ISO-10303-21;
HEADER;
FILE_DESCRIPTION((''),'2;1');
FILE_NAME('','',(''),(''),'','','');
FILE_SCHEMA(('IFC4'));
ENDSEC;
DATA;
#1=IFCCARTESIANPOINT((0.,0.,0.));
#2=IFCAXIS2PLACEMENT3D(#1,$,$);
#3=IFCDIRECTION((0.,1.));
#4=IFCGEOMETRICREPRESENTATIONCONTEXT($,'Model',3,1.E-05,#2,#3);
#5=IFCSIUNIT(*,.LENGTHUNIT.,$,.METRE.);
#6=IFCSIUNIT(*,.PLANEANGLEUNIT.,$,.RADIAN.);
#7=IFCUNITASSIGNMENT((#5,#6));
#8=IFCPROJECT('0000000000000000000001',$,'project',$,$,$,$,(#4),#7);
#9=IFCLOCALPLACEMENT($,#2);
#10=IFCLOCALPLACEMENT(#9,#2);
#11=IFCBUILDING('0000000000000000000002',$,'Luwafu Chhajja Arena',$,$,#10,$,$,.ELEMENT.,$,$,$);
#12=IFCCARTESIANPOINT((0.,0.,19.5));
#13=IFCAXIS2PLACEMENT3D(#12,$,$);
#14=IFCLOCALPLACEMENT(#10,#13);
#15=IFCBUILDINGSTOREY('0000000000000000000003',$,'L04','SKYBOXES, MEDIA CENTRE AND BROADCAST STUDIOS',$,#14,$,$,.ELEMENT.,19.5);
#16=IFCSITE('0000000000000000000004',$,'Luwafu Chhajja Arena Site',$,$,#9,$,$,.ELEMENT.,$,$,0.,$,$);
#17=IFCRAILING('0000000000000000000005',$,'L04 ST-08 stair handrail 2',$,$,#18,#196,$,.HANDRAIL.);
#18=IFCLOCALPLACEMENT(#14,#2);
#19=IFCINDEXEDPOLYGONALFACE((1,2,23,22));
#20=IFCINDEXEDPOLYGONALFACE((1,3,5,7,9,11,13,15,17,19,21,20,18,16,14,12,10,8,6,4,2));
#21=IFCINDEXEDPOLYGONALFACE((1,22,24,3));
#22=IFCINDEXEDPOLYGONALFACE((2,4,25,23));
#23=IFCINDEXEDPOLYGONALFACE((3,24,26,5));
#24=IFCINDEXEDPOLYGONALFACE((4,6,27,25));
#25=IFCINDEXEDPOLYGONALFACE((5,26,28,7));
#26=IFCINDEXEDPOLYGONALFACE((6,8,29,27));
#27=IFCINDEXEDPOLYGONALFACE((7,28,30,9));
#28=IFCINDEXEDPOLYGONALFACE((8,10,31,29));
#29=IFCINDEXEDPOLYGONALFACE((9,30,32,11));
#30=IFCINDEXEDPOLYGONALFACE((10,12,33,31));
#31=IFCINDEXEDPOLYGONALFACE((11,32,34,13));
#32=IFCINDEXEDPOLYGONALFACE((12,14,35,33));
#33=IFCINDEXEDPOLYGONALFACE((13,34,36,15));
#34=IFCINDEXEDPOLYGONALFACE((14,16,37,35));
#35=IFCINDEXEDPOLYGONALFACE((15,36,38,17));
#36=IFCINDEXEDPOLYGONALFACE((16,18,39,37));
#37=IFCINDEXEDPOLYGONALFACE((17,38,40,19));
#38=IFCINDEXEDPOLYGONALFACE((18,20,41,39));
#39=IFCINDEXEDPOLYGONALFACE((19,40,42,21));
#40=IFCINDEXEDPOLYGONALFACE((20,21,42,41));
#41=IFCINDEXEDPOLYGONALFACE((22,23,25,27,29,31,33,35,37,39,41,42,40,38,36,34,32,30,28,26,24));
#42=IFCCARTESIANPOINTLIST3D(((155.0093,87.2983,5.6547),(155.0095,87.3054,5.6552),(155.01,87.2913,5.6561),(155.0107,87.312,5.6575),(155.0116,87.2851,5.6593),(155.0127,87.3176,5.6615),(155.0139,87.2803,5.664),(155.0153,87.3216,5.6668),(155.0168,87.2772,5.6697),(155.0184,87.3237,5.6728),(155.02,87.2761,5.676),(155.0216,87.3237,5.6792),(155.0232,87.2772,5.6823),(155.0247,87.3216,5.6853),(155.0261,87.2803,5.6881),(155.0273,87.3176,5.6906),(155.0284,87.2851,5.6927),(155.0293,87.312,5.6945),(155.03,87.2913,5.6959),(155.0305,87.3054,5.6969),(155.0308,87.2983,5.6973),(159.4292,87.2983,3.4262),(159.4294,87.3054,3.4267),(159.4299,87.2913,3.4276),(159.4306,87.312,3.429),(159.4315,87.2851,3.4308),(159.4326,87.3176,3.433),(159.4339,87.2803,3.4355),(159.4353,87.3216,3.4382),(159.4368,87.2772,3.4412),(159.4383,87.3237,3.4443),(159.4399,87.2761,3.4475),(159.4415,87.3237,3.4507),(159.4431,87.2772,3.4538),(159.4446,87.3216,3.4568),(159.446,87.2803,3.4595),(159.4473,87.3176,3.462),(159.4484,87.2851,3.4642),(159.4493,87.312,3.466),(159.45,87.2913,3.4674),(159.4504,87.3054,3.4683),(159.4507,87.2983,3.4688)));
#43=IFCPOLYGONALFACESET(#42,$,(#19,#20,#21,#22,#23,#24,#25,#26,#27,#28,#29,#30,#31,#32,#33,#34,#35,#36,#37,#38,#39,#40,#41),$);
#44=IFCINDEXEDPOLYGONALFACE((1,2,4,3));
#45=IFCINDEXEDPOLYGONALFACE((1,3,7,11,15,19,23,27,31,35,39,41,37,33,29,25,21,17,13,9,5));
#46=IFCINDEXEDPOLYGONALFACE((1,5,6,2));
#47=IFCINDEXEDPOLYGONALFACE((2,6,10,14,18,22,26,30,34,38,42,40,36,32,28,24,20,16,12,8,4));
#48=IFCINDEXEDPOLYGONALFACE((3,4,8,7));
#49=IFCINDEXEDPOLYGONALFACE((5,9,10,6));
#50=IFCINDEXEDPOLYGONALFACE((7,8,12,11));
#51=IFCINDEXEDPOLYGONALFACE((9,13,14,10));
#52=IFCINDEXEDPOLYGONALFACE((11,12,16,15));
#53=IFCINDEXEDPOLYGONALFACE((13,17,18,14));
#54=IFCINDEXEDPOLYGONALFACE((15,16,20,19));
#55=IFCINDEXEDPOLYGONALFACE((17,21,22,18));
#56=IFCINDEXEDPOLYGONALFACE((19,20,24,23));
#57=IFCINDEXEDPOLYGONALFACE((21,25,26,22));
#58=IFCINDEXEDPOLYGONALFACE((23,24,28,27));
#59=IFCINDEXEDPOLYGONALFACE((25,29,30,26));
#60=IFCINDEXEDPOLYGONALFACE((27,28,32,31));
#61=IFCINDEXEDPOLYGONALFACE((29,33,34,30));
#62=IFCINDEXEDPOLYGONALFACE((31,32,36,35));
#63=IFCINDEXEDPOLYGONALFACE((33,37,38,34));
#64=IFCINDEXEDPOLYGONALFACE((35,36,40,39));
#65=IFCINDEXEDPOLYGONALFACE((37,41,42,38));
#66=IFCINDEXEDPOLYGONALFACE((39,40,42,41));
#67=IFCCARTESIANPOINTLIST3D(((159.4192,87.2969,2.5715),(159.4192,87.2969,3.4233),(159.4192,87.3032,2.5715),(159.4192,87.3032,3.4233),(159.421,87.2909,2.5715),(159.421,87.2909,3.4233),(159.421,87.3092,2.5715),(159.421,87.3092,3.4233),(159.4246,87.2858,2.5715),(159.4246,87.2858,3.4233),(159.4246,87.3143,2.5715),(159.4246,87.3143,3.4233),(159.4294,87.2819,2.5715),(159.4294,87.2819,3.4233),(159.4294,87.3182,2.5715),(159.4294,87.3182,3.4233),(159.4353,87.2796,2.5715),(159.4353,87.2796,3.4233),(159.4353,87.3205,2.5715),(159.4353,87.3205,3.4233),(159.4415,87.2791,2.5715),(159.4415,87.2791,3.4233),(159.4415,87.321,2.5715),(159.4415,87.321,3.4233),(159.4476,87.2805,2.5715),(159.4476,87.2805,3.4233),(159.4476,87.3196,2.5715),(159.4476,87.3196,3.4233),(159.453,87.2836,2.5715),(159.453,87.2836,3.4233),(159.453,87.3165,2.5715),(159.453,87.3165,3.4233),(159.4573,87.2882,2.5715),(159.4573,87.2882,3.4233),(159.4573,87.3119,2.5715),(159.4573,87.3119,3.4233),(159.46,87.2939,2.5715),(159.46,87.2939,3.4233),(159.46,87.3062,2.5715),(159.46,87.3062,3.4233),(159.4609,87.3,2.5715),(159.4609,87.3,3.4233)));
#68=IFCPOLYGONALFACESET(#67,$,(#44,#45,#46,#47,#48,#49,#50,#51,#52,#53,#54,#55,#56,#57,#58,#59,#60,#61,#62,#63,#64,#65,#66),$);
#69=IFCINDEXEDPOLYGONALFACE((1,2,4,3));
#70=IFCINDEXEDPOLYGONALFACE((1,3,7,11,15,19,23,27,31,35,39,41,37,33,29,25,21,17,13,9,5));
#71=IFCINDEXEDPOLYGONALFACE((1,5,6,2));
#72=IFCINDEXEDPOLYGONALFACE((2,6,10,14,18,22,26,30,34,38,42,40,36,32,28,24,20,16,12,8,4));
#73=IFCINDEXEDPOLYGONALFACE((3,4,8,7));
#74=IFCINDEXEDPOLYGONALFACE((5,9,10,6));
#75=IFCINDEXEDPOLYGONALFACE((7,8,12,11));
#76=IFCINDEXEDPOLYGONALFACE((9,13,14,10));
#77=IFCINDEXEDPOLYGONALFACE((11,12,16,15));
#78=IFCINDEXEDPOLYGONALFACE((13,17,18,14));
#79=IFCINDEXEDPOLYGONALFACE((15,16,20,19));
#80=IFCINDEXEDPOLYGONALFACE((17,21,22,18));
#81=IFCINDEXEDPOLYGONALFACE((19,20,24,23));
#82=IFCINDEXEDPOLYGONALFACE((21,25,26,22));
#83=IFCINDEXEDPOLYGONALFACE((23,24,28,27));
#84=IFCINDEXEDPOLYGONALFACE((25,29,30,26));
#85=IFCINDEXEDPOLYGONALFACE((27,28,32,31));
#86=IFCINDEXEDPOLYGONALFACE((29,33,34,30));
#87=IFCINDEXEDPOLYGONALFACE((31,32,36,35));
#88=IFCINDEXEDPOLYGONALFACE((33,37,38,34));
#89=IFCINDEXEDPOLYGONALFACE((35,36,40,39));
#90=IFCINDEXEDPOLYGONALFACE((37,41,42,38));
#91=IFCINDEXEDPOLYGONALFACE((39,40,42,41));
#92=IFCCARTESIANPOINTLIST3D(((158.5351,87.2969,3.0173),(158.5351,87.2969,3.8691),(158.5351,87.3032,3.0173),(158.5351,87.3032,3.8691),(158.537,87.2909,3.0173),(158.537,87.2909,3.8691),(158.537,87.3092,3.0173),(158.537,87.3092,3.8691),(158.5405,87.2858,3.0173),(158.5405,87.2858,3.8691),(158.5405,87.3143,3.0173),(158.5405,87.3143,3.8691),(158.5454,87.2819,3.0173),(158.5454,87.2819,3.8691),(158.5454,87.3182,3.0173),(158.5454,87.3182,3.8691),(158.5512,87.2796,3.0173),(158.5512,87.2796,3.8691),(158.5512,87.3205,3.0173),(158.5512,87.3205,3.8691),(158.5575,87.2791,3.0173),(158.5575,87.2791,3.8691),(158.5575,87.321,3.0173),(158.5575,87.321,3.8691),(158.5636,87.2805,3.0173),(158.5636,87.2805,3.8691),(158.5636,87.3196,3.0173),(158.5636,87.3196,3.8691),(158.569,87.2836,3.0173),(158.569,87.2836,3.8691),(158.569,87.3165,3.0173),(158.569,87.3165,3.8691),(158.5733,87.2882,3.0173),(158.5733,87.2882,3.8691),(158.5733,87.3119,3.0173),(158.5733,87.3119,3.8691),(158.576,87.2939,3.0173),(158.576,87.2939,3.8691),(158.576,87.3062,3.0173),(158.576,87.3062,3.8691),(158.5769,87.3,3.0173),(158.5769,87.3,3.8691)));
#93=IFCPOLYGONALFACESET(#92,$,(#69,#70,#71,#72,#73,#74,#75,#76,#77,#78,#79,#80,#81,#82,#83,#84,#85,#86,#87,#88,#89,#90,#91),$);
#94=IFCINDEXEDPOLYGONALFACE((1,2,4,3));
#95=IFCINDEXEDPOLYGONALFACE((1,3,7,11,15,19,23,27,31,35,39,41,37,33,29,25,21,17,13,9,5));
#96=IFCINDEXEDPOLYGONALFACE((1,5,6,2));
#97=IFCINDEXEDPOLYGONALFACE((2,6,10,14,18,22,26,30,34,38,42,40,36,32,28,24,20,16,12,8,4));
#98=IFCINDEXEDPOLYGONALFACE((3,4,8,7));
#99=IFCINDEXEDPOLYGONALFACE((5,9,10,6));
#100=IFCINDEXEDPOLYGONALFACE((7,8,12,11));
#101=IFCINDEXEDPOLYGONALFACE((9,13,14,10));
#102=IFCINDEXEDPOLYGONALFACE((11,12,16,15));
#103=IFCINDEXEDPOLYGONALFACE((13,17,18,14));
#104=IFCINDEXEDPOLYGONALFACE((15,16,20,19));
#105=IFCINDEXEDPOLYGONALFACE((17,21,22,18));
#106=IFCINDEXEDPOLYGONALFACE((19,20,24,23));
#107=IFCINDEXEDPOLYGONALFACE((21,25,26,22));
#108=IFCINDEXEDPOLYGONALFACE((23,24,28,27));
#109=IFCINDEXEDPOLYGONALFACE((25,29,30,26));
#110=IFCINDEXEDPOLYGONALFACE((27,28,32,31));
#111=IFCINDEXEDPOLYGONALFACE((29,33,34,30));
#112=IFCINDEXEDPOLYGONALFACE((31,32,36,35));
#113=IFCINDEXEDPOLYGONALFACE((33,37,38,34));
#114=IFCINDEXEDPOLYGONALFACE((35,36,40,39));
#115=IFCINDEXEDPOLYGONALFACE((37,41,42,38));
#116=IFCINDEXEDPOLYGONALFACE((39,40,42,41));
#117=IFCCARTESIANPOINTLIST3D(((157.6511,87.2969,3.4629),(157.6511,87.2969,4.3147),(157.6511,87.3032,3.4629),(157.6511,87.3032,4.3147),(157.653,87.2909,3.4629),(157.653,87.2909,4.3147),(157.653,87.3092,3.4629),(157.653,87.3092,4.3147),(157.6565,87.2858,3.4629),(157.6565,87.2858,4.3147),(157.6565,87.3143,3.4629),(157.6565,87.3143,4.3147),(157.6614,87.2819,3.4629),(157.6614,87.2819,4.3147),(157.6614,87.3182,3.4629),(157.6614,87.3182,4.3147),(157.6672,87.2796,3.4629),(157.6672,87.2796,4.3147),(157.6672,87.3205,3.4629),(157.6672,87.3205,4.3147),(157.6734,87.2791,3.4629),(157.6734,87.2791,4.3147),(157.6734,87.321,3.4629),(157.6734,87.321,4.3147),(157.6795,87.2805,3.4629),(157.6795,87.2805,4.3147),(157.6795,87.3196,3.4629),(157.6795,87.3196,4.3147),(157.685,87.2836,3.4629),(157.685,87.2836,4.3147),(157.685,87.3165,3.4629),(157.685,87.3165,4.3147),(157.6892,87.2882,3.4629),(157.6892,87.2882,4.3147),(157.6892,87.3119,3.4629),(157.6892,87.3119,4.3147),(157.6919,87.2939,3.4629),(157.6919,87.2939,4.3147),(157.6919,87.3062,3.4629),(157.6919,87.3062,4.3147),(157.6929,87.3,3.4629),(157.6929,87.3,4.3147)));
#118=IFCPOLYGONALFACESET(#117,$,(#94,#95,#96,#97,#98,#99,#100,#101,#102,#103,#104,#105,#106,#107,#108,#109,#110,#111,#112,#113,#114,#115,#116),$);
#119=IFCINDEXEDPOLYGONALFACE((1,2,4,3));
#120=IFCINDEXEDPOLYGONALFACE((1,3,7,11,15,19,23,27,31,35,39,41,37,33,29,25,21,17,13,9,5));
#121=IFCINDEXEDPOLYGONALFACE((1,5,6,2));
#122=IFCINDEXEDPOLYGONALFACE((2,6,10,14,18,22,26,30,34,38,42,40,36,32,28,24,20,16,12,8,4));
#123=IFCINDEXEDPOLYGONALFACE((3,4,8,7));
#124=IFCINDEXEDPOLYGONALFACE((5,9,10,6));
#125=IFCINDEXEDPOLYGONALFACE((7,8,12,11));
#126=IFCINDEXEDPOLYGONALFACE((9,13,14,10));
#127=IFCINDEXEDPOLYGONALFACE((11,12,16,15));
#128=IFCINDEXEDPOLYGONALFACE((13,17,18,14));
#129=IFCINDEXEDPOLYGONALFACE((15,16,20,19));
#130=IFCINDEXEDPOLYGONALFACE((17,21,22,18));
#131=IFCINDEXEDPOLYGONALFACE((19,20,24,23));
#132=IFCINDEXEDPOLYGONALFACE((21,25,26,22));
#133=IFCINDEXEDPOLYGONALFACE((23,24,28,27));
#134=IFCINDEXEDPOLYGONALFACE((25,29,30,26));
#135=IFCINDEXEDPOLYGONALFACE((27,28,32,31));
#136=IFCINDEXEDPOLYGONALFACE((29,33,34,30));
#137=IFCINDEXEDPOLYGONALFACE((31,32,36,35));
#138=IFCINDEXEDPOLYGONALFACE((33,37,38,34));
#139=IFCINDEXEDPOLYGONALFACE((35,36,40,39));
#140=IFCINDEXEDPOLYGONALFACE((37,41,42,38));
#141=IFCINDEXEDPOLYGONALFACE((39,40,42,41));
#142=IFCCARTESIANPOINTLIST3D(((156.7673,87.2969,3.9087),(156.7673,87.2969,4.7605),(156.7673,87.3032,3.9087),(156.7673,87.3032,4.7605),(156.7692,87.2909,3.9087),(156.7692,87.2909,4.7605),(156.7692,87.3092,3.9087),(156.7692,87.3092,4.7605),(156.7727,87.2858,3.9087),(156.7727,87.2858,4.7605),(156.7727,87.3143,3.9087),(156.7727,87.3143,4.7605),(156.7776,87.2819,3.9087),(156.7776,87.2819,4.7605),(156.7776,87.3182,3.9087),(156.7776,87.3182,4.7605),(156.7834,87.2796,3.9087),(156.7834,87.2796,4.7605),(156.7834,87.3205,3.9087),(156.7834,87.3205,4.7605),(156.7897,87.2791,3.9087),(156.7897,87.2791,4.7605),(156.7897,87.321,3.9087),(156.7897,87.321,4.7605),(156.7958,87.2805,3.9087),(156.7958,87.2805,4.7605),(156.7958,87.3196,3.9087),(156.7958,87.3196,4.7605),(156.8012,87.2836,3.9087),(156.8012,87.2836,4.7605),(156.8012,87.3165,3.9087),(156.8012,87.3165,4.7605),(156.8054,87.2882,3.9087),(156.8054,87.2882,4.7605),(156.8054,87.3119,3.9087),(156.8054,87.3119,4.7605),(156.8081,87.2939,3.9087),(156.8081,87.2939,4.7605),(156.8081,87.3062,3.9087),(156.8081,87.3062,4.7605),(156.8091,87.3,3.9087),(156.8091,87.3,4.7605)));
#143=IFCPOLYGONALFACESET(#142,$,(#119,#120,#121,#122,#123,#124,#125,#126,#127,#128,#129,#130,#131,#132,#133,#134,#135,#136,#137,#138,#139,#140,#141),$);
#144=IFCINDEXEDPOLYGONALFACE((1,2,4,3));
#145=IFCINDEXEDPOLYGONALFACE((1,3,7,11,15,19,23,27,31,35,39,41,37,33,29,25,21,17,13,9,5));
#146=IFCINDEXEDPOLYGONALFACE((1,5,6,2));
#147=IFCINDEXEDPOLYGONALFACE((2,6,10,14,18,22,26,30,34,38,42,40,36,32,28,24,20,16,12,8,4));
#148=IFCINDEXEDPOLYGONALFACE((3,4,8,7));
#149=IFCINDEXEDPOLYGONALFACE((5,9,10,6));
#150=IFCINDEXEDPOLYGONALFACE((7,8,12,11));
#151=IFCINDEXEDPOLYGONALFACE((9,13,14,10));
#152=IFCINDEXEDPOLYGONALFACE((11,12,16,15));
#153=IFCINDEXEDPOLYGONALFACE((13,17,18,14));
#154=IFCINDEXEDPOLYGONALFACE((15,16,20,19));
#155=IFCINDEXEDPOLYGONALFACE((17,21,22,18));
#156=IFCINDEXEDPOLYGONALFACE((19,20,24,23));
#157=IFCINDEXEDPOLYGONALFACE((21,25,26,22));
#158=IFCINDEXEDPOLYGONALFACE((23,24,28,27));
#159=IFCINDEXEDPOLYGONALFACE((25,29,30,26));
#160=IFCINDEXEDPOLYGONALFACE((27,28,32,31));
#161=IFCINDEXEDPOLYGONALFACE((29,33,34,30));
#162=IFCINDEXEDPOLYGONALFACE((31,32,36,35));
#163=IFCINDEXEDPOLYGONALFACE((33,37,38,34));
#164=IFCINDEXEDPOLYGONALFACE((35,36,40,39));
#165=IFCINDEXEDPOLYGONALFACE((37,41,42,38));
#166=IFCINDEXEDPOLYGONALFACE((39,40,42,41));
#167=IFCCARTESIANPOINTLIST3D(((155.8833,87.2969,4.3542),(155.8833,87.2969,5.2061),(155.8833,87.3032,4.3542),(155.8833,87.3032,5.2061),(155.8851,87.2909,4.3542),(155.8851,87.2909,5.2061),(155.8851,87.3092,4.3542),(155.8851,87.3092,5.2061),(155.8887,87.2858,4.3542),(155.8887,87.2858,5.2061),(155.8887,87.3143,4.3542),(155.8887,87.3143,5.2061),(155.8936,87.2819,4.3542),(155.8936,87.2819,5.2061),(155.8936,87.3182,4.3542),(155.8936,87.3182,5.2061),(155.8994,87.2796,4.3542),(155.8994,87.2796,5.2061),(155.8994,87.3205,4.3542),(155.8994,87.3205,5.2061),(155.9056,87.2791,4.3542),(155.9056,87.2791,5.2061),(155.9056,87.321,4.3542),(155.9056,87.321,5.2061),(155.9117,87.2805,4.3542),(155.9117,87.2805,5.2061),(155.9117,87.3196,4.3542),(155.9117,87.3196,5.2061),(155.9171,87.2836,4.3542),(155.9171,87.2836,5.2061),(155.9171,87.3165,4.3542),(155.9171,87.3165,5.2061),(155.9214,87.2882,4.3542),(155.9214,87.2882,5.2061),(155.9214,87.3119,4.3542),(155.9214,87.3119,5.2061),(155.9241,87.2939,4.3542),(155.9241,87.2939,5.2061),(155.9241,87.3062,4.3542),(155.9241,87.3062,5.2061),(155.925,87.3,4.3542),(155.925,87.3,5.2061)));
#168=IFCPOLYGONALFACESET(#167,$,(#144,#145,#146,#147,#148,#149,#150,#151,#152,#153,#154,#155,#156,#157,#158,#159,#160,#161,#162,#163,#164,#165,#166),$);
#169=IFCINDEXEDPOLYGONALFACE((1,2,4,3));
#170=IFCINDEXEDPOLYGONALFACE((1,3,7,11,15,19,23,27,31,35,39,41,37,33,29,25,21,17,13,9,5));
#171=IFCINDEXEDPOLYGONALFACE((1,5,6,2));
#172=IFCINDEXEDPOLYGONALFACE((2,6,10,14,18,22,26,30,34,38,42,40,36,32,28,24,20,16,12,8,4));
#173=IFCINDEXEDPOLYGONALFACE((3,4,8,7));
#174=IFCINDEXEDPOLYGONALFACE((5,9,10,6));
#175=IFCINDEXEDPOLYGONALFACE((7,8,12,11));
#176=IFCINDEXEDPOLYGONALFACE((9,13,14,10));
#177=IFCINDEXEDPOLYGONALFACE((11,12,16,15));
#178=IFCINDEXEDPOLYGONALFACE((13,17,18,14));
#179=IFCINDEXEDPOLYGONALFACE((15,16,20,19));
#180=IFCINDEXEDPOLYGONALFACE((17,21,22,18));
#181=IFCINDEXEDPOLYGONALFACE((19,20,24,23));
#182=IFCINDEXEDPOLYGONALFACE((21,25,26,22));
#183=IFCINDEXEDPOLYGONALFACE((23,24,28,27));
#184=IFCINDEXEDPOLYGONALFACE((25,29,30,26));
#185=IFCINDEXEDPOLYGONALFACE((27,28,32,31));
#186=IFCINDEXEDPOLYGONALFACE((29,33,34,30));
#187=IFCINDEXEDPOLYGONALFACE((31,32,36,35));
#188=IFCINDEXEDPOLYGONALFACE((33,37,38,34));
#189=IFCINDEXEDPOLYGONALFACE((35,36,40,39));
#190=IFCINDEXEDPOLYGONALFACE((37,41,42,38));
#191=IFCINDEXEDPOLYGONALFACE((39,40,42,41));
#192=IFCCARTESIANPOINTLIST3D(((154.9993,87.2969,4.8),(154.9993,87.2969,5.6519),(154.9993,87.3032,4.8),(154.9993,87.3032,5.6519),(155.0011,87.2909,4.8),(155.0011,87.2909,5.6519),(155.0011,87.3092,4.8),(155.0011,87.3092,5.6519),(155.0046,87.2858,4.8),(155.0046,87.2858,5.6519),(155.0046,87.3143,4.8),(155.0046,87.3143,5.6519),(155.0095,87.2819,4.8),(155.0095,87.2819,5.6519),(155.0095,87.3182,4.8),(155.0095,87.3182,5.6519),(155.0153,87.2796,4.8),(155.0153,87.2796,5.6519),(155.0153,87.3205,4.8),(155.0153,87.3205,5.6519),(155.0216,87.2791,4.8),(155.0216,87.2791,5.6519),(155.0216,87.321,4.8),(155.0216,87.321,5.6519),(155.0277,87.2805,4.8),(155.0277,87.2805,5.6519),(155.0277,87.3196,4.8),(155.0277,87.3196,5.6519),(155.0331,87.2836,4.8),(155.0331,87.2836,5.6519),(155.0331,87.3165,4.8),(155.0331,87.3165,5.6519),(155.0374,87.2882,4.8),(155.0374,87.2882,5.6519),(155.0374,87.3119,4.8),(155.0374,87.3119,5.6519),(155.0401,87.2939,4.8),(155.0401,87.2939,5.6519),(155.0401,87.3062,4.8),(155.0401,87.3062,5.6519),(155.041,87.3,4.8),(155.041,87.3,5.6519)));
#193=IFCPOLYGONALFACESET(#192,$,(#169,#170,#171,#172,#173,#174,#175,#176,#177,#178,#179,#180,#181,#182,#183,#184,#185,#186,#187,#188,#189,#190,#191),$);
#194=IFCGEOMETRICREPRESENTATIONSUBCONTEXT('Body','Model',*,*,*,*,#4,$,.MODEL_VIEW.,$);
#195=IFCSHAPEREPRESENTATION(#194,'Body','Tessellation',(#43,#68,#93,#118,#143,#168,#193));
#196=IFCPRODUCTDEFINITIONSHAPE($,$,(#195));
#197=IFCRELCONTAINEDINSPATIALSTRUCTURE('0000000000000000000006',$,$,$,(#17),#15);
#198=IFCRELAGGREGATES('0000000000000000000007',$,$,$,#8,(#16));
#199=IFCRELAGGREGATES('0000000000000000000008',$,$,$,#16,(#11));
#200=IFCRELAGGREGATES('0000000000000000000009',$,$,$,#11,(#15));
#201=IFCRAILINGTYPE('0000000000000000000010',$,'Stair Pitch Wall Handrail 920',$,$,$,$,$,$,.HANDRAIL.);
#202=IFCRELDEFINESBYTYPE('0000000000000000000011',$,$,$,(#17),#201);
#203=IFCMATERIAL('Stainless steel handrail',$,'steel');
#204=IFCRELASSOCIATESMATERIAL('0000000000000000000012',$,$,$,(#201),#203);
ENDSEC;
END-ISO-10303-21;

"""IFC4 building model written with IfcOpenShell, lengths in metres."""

from ifc_helpers import new_model, si_unit, direction, frame, origin, origin_2d, place, context, subcontext, project, spatial, circle, extrude, material, type_object, element, save


model = new_model("IFC4")

# Units and contexts
model_context = context("Model", 3, precision=1e-05, world=origin(), true_north=direction((0.0, 1.0)))
body_context = subcontext(model_context, "Body", "Model", "MODEL_VIEW")
ifc_project = project(units=[si_unit("LENGTHUNIT", "METRE"), si_unit("PLANEANGLEUNIT", "RADIAN")], contexts=[model_context])

# Site, building, storey
site_placement = place(None, origin())
site = spatial("IfcSite", under=ifc_project, at=site_placement, Name="Luwafu Chhajja Arena Site", CompositionType="ELEMENT", RefElevation=0.0)
building_placement = place(site_placement, origin())
building = spatial("IfcBuilding", under=site, at=building_placement, Name="Luwafu Chhajja Arena", CompositionType="ELEMENT")
storey_placement = place(building_placement, frame((0.0, 0.0, 19.5)))
storey = spatial("IfcBuildingStorey", under=building, at=storey_placement, Name="L04", Description="SKYBOXES, MEDIA CENTRE AND BROADCAST STUDIOS", CompositionType="ELEMENT", Elevation=19.5)

# Railing
ifc_material_1 = material(Name="Stainless steel handrail", Category="steel")
railing_type_1 = type_object("IfcRailingType", Name="Stair Pitch Wall Handrail 920", PredefinedType="HANDRAIL", material=ifc_material_1)
railing_1_placement = place(storey_placement, frame((159.4399, 87.3, 2.5715)))
element("IfcRailing", 1, at=railing_1_placement, inside=storey, type_object=railing_type_1, Name="L04 ST-08 stair handrail 2", PredefinedType="HANDRAIL", context=body_context, shape_type="SweptSolid", body=[
    extrude(circle(Radius=0.0239, at=origin_2d()), frame((0.0, 0.0, 0.876), z_axis=(-0.892923, 0.0, 0.45021), x_axis=(0.0, -1.0, 0.0)), (0.0, 0.0, 1.0), 4.95),
    extrude(circle(Radius=0.021, at=origin_2d()), origin(), (0.0, 0.0, 1.0), 0.8518),
    extrude(circle(Radius=0.021, at=origin_2d()), frame((-0.884, 0.0, 0.4458)), (0.0, 0.0, 1.0), 0.8518),
    extrude(circle(Radius=0.021, at=origin_2d()), frame((-1.7681, 0.0, 0.8914)), (0.0, 0.0, 1.0), 0.8518),
    extrude(circle(Radius=0.021, at=origin_2d()), frame((-2.6519, 0.0, 1.3372)), (0.0, 0.0, 1.0), 0.8518),
    extrude(circle(Radius=0.021, at=origin_2d()), frame((-3.5359, 0.0, 1.7827)), (0.0, 0.0, 1.0), 0.8518),
    extrude(circle(Radius=0.021, at=origin_2d()), frame((-4.4199, 0.0, 2.2285)), (0.0, 0.0, 1.0), 0.8518),
])

save(model, "model.ifc")
